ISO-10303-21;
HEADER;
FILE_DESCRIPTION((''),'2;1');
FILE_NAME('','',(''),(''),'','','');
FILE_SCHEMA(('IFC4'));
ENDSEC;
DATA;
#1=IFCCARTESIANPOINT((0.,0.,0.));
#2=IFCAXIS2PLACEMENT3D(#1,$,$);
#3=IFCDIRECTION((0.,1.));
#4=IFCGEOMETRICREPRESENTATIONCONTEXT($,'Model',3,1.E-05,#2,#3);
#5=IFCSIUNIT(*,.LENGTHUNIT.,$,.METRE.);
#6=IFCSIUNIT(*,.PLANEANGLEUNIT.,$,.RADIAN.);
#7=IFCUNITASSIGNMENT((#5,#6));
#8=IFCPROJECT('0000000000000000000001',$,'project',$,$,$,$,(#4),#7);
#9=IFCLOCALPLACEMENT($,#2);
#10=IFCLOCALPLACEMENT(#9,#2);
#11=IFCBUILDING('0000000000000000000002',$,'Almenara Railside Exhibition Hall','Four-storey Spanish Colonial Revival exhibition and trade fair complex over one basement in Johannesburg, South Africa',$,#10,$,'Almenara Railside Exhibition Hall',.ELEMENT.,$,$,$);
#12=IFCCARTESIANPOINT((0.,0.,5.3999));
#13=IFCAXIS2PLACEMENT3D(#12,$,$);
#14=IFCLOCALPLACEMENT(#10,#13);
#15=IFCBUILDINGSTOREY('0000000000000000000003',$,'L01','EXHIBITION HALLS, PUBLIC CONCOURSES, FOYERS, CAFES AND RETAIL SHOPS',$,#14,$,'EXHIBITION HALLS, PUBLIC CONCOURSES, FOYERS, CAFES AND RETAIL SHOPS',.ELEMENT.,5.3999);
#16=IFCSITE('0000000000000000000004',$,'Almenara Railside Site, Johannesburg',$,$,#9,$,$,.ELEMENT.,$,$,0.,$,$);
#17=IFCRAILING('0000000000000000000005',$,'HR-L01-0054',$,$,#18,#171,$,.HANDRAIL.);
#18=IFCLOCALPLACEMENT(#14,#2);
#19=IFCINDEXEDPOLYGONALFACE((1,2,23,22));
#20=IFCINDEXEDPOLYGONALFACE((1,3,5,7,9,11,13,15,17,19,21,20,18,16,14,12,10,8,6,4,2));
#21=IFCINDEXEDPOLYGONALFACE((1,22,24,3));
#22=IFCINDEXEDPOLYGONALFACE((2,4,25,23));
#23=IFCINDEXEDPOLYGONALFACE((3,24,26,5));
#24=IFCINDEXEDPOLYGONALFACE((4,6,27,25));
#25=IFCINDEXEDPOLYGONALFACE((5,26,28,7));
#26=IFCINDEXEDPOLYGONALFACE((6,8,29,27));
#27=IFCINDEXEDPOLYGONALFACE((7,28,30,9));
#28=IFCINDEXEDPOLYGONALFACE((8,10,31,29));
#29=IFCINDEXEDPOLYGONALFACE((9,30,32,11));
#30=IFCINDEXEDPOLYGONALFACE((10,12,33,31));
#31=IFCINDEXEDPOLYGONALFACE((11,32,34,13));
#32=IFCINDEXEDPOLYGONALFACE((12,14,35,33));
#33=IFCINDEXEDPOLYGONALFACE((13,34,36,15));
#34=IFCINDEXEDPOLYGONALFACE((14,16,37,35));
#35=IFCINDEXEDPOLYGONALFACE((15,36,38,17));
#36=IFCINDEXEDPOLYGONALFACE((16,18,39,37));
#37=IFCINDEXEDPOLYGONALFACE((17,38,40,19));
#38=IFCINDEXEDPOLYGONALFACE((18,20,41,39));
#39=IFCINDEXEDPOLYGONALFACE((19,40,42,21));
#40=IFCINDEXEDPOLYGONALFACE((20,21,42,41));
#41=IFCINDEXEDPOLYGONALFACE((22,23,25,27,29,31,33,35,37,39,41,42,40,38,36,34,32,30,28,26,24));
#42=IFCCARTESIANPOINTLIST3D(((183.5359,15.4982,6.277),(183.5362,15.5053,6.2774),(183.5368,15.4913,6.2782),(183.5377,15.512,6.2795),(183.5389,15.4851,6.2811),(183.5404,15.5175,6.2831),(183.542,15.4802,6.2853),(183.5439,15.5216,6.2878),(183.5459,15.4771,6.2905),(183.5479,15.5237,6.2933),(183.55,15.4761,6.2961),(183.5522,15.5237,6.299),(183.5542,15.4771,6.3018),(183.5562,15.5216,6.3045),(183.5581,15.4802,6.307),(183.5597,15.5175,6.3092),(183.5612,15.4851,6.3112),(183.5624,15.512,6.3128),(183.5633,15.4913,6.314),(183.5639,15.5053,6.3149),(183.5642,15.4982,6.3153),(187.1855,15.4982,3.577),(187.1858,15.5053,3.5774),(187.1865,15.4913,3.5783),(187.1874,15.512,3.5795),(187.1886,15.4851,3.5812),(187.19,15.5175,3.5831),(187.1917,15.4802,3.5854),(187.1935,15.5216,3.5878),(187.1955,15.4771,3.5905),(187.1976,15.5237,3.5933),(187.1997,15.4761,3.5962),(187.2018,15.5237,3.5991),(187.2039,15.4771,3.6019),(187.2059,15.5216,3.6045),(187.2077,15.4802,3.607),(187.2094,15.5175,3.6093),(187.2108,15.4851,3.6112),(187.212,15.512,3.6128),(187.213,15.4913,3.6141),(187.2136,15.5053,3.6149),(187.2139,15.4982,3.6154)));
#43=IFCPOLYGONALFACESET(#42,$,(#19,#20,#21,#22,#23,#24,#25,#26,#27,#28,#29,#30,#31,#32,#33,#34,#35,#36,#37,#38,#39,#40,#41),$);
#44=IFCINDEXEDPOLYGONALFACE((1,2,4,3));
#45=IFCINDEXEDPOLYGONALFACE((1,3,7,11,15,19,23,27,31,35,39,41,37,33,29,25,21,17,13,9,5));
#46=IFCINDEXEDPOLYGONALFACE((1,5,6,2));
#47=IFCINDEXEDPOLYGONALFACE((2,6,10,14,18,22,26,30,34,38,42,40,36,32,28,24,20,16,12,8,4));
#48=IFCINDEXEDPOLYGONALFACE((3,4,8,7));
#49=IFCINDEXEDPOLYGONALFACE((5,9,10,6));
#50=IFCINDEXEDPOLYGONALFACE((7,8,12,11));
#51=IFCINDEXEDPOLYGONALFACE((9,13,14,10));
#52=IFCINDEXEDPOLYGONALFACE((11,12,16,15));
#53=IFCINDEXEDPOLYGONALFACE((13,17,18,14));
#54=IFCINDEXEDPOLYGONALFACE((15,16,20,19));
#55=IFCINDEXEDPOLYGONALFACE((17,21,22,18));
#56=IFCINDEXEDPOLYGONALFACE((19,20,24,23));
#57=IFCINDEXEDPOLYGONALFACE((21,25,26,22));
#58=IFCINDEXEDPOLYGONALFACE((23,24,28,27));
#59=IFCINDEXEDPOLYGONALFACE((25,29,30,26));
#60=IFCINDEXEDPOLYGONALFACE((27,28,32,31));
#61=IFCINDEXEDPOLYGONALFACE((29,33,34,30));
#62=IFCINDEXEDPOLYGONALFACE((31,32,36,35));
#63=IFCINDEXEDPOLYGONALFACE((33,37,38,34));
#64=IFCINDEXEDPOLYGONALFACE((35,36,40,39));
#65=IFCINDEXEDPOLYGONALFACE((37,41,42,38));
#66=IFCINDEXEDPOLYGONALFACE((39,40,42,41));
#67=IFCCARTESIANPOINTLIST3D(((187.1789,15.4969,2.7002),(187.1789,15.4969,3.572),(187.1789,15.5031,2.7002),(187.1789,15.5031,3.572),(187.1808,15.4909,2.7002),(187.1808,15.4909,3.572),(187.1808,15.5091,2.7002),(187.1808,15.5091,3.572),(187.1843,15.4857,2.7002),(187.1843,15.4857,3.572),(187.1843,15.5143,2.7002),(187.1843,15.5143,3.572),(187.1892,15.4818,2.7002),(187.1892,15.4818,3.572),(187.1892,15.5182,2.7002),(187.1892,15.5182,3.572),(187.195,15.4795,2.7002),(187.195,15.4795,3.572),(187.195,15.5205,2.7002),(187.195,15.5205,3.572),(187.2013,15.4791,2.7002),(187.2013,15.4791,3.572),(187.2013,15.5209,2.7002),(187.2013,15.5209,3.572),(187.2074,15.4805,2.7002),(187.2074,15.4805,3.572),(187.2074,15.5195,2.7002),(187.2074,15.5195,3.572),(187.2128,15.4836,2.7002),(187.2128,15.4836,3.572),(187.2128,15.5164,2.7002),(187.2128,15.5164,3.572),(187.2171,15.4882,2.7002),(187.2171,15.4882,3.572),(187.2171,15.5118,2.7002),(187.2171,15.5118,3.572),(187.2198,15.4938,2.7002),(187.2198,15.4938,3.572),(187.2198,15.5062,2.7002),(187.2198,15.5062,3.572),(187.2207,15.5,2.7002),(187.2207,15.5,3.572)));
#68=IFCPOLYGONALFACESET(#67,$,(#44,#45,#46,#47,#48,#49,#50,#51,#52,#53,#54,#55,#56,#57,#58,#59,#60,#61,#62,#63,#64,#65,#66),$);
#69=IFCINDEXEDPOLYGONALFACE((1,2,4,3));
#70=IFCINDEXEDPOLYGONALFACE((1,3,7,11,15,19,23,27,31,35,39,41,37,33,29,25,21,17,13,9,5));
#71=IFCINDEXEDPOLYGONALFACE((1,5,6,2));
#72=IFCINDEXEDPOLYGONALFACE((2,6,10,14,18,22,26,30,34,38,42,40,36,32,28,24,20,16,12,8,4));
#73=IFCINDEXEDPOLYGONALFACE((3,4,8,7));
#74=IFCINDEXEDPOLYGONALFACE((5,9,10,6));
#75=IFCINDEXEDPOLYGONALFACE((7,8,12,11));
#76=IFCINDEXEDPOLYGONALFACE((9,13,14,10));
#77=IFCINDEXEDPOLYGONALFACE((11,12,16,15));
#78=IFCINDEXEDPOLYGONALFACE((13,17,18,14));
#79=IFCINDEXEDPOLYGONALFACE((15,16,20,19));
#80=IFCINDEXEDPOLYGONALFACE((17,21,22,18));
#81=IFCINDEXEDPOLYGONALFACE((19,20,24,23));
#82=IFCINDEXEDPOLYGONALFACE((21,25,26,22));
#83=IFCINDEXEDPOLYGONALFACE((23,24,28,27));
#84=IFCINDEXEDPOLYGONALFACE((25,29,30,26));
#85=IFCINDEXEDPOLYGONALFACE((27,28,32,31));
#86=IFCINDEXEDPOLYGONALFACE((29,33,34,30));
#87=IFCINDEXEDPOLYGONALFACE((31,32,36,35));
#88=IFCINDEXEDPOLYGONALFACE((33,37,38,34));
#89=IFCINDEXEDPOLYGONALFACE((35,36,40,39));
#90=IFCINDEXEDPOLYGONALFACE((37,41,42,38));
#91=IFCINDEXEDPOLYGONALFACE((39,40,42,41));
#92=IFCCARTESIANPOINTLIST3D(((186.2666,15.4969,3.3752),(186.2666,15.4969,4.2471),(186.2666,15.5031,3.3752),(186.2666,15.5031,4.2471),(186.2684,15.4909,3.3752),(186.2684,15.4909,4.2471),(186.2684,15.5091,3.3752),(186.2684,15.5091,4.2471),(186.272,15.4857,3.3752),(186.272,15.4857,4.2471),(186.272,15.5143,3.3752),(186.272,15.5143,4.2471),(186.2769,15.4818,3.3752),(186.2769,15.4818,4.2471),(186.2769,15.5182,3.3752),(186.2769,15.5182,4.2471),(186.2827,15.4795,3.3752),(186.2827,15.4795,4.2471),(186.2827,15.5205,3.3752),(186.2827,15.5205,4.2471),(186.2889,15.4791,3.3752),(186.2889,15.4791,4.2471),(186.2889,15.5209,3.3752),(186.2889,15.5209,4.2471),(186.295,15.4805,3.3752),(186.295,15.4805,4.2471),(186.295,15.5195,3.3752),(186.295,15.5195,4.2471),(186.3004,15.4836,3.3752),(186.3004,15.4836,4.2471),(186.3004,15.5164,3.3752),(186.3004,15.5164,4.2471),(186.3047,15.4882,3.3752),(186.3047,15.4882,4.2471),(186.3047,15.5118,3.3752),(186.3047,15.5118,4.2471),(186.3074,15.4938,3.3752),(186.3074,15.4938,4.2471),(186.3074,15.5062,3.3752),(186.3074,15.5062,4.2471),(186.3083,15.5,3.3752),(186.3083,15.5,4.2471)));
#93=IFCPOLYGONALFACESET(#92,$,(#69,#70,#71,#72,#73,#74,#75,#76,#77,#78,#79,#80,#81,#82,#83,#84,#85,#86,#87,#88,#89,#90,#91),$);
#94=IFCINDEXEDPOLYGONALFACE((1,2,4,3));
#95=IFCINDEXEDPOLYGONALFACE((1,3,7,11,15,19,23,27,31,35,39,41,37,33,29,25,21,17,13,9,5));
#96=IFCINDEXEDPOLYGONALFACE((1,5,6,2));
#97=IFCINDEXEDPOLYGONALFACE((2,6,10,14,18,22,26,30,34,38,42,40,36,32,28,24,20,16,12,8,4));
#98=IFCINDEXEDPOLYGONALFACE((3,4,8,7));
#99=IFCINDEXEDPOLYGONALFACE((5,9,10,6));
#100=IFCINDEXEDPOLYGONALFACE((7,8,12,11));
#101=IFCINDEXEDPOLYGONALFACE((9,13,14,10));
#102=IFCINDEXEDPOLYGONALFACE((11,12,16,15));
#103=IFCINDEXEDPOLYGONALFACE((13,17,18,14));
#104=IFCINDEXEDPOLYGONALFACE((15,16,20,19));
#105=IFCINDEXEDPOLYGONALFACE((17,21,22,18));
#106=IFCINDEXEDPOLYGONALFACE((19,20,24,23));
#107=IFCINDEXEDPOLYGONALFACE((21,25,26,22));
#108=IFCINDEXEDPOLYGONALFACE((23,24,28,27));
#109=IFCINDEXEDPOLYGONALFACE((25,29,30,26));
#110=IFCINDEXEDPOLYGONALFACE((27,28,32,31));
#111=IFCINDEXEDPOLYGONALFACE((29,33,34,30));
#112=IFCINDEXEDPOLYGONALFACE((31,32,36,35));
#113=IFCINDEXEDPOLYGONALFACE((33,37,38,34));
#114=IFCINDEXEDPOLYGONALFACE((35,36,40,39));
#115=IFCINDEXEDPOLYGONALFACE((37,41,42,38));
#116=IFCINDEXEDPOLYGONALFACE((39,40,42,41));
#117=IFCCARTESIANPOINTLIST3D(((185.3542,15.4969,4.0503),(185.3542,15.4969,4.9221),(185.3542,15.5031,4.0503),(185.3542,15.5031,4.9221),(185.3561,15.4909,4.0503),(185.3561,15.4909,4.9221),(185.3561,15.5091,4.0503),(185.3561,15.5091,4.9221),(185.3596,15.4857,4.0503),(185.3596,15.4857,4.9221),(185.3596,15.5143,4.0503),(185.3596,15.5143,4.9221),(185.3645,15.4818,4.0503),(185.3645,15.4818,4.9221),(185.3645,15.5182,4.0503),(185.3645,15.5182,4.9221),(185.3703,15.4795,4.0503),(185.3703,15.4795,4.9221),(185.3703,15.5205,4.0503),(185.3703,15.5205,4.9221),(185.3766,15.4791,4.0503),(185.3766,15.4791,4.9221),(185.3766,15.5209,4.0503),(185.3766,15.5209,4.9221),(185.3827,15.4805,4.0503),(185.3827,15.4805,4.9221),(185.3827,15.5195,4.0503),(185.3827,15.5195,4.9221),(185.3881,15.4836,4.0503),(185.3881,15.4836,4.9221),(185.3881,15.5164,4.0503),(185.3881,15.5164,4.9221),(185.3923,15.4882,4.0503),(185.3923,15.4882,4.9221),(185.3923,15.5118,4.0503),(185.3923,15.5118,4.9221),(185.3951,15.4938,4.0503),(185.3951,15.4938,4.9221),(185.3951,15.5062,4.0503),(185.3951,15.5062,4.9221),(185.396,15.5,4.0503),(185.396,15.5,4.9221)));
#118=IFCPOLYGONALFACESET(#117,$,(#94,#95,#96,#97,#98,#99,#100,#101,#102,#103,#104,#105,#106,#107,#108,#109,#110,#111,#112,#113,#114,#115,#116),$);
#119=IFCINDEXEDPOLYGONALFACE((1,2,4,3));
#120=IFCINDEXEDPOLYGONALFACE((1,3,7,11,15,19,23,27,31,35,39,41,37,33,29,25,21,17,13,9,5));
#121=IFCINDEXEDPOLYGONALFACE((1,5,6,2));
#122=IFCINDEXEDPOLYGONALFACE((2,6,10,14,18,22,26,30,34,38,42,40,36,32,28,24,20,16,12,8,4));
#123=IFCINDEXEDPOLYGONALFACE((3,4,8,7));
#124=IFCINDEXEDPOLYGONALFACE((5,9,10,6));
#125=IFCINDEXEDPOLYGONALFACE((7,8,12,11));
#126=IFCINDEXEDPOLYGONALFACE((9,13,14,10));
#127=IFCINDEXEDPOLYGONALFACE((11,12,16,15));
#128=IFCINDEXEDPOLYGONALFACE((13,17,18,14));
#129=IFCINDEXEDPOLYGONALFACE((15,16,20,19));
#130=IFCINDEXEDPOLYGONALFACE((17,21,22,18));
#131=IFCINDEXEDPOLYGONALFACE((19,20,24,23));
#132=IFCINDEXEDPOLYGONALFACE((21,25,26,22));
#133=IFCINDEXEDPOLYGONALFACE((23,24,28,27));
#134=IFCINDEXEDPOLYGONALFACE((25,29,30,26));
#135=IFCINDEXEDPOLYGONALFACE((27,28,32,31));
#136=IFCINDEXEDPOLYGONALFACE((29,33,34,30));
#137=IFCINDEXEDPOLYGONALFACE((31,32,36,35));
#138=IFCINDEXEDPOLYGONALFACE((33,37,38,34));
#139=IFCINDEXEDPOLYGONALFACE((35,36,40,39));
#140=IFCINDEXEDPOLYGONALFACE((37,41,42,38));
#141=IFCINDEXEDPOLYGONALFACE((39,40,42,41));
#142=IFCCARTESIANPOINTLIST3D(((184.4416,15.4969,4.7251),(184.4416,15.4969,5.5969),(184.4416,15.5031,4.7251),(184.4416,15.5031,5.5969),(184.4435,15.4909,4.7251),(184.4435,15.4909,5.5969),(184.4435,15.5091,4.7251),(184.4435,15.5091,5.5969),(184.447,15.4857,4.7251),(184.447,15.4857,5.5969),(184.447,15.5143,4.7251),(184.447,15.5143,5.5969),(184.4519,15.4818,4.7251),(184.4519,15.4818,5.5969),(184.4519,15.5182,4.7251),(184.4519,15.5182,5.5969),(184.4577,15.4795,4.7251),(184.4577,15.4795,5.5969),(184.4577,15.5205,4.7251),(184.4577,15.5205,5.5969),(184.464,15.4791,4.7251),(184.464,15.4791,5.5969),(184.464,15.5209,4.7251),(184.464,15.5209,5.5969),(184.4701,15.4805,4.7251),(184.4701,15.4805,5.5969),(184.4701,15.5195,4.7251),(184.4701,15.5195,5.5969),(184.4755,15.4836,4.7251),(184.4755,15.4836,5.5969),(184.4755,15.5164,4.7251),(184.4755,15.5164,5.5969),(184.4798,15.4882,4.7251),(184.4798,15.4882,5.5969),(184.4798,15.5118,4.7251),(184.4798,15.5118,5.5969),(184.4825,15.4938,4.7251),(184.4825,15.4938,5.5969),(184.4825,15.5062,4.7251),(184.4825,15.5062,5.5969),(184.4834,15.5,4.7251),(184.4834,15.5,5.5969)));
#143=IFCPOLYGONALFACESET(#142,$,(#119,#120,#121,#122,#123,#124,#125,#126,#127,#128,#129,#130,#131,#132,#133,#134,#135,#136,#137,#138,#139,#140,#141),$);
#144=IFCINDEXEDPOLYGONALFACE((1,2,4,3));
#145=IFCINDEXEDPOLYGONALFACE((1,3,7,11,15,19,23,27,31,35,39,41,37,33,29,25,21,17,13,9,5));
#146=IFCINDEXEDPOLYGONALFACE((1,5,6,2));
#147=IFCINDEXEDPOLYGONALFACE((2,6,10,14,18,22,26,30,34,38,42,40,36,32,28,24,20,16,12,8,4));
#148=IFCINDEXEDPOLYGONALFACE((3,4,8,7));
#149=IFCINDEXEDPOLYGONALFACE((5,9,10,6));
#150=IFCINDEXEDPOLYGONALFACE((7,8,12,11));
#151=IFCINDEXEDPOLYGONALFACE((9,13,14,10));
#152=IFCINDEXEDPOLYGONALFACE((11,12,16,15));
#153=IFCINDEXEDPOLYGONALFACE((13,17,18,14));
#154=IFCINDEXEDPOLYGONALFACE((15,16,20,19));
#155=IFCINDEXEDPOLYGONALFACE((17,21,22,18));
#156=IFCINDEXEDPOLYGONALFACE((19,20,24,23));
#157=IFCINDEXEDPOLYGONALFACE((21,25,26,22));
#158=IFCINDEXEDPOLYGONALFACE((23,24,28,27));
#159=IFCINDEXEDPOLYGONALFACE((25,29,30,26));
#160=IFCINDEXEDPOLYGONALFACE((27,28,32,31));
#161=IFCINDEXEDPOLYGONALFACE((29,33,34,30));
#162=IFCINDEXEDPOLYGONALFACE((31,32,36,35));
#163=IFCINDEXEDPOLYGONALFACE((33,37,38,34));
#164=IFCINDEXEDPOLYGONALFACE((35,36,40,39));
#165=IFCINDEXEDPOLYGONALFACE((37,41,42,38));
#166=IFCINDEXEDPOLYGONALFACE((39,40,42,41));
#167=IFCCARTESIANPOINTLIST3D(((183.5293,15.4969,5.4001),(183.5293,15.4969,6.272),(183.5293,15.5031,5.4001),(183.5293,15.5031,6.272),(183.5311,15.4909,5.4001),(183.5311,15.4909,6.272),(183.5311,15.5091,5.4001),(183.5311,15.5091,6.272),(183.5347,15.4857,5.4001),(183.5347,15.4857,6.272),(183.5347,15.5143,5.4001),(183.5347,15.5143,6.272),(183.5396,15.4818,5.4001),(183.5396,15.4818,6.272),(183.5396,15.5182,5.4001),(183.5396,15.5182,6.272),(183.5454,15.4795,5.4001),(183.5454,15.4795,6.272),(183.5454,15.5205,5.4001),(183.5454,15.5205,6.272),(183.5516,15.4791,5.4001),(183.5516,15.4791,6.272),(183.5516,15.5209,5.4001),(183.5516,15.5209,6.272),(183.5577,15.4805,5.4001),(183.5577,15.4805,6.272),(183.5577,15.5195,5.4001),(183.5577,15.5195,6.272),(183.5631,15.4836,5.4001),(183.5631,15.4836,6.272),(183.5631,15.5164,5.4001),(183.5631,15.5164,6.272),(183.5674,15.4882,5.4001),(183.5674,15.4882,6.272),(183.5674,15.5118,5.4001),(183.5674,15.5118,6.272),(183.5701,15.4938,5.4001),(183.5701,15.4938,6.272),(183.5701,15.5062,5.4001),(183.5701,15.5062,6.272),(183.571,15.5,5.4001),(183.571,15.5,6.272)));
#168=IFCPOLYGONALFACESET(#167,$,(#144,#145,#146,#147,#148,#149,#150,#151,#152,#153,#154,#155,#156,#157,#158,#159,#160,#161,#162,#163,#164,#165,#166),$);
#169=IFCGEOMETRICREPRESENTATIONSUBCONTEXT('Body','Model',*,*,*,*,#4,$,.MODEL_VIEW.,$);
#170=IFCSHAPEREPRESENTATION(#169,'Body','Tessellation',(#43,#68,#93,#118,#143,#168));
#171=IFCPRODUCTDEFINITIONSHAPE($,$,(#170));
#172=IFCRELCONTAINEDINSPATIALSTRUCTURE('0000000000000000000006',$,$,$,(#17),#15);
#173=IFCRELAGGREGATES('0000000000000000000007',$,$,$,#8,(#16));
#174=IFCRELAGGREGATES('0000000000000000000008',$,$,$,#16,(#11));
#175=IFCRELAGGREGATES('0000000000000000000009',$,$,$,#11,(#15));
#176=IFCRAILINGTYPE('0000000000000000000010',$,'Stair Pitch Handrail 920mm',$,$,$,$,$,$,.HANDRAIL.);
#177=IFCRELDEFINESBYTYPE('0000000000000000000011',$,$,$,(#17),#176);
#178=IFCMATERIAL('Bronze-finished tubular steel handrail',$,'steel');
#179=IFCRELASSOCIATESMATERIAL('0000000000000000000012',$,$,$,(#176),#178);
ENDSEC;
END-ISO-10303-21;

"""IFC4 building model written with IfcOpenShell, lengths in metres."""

from ifc_helpers import new_model, si_unit, direction, frame, origin, origin_2d, place, context, subcontext, project, spatial, circle, extrude, material, type_object, element, save


model = new_model("IFC4")

# Units and contexts
model_context = context("Model", 3, precision=1e-05, world=origin(), true_north=direction((0.0, 1.0)))
body_context = subcontext(model_context, "Body", "Model", "MODEL_VIEW")
ifc_project = project(units=[si_unit("LENGTHUNIT", "METRE"), si_unit("PLANEANGLEUNIT", "RADIAN")], contexts=[model_context])

# Site, building, storey
site_placement = place(None, origin())
site = spatial("IfcSite", under=ifc_project, at=site_placement, Name="Almenara Railside Site, Johannesburg", CompositionType="ELEMENT", RefElevation=0.0)
building_placement = place(site_placement, origin())
building = spatial("IfcBuilding", under=site, at=building_placement, Name="Almenara Railside Exhibition Hall", Description="Four-storey Spanish Colonial Revival exhibition and trade fair complex over one basement in Johannesburg, South Africa", LongName="Almenara Railside Exhibition Hall", CompositionType="ELEMENT")
storey_placement = place(building_placement, frame((0.0, 0.0, 5.3999)))
storey = spatial("IfcBuildingStorey", under=building, at=storey_placement, Name="L01", Description="EXHIBITION HALLS, PUBLIC CONCOURSES, FOYERS, CAFES AND RETAIL SHOPS", LongName="EXHIBITION HALLS, PUBLIC CONCOURSES, FOYERS, CAFES AND RETAIL SHOPS", CompositionType="ELEMENT", Elevation=5.3999)

# Railing
ifc_material_1 = material(Name="Bronze-finished tubular steel handrail", Category="steel")
railing_type = type_object("IfcRailingType", Name="Stair Pitch Handrail 920mm", PredefinedType="HANDRAIL", material=ifc_material_1)
railing_placement = place(storey_placement, frame((187.1997, 15.5, 2.7002)))
element("IfcRailing", 1, at=railing_placement, inside=storey, type_object=railing_type, Name="HR-L01-0054", PredefinedType="HANDRAIL", context=body_context, shape_type="SweptSolid", body=[
    extrude(circle(Radius=0.0239, at=origin_2d()), frame((0.0, 0.0, 0.896), z_axis=(-0.803926, 0.0, 0.59473), x_axis=(0.0, -1.0, 0.0)), (0.0, 0.0, 1.0), 4.5398),
    extrude(circle(Radius=0.021, at=origin_2d()), origin(), (0.0, 0.0, 1.0), 0.8718),
    extrude(circle(Radius=0.021, at=origin_2d()), frame((-0.9124, 0.0, 0.675)), (0.0, 0.0, 1.0), 0.8718),
    extrude(circle(Radius=0.021, at=origin_2d()), frame((-1.8247, 0.0, 1.3501)), (0.0, 0.0, 1.0), 0.8718),
    extrude(circle(Radius=0.021, at=origin_2d()), frame((-2.7373, 0.0, 2.0249)), (0.0, 0.0, 1.0), 0.8718),
    extrude(circle(Radius=0.021, at=origin_2d()), frame((-3.6497, 0.0, 2.7)), (0.0, 0.0, 1.0), 0.8718),
])

save(model, "model.ifc")
